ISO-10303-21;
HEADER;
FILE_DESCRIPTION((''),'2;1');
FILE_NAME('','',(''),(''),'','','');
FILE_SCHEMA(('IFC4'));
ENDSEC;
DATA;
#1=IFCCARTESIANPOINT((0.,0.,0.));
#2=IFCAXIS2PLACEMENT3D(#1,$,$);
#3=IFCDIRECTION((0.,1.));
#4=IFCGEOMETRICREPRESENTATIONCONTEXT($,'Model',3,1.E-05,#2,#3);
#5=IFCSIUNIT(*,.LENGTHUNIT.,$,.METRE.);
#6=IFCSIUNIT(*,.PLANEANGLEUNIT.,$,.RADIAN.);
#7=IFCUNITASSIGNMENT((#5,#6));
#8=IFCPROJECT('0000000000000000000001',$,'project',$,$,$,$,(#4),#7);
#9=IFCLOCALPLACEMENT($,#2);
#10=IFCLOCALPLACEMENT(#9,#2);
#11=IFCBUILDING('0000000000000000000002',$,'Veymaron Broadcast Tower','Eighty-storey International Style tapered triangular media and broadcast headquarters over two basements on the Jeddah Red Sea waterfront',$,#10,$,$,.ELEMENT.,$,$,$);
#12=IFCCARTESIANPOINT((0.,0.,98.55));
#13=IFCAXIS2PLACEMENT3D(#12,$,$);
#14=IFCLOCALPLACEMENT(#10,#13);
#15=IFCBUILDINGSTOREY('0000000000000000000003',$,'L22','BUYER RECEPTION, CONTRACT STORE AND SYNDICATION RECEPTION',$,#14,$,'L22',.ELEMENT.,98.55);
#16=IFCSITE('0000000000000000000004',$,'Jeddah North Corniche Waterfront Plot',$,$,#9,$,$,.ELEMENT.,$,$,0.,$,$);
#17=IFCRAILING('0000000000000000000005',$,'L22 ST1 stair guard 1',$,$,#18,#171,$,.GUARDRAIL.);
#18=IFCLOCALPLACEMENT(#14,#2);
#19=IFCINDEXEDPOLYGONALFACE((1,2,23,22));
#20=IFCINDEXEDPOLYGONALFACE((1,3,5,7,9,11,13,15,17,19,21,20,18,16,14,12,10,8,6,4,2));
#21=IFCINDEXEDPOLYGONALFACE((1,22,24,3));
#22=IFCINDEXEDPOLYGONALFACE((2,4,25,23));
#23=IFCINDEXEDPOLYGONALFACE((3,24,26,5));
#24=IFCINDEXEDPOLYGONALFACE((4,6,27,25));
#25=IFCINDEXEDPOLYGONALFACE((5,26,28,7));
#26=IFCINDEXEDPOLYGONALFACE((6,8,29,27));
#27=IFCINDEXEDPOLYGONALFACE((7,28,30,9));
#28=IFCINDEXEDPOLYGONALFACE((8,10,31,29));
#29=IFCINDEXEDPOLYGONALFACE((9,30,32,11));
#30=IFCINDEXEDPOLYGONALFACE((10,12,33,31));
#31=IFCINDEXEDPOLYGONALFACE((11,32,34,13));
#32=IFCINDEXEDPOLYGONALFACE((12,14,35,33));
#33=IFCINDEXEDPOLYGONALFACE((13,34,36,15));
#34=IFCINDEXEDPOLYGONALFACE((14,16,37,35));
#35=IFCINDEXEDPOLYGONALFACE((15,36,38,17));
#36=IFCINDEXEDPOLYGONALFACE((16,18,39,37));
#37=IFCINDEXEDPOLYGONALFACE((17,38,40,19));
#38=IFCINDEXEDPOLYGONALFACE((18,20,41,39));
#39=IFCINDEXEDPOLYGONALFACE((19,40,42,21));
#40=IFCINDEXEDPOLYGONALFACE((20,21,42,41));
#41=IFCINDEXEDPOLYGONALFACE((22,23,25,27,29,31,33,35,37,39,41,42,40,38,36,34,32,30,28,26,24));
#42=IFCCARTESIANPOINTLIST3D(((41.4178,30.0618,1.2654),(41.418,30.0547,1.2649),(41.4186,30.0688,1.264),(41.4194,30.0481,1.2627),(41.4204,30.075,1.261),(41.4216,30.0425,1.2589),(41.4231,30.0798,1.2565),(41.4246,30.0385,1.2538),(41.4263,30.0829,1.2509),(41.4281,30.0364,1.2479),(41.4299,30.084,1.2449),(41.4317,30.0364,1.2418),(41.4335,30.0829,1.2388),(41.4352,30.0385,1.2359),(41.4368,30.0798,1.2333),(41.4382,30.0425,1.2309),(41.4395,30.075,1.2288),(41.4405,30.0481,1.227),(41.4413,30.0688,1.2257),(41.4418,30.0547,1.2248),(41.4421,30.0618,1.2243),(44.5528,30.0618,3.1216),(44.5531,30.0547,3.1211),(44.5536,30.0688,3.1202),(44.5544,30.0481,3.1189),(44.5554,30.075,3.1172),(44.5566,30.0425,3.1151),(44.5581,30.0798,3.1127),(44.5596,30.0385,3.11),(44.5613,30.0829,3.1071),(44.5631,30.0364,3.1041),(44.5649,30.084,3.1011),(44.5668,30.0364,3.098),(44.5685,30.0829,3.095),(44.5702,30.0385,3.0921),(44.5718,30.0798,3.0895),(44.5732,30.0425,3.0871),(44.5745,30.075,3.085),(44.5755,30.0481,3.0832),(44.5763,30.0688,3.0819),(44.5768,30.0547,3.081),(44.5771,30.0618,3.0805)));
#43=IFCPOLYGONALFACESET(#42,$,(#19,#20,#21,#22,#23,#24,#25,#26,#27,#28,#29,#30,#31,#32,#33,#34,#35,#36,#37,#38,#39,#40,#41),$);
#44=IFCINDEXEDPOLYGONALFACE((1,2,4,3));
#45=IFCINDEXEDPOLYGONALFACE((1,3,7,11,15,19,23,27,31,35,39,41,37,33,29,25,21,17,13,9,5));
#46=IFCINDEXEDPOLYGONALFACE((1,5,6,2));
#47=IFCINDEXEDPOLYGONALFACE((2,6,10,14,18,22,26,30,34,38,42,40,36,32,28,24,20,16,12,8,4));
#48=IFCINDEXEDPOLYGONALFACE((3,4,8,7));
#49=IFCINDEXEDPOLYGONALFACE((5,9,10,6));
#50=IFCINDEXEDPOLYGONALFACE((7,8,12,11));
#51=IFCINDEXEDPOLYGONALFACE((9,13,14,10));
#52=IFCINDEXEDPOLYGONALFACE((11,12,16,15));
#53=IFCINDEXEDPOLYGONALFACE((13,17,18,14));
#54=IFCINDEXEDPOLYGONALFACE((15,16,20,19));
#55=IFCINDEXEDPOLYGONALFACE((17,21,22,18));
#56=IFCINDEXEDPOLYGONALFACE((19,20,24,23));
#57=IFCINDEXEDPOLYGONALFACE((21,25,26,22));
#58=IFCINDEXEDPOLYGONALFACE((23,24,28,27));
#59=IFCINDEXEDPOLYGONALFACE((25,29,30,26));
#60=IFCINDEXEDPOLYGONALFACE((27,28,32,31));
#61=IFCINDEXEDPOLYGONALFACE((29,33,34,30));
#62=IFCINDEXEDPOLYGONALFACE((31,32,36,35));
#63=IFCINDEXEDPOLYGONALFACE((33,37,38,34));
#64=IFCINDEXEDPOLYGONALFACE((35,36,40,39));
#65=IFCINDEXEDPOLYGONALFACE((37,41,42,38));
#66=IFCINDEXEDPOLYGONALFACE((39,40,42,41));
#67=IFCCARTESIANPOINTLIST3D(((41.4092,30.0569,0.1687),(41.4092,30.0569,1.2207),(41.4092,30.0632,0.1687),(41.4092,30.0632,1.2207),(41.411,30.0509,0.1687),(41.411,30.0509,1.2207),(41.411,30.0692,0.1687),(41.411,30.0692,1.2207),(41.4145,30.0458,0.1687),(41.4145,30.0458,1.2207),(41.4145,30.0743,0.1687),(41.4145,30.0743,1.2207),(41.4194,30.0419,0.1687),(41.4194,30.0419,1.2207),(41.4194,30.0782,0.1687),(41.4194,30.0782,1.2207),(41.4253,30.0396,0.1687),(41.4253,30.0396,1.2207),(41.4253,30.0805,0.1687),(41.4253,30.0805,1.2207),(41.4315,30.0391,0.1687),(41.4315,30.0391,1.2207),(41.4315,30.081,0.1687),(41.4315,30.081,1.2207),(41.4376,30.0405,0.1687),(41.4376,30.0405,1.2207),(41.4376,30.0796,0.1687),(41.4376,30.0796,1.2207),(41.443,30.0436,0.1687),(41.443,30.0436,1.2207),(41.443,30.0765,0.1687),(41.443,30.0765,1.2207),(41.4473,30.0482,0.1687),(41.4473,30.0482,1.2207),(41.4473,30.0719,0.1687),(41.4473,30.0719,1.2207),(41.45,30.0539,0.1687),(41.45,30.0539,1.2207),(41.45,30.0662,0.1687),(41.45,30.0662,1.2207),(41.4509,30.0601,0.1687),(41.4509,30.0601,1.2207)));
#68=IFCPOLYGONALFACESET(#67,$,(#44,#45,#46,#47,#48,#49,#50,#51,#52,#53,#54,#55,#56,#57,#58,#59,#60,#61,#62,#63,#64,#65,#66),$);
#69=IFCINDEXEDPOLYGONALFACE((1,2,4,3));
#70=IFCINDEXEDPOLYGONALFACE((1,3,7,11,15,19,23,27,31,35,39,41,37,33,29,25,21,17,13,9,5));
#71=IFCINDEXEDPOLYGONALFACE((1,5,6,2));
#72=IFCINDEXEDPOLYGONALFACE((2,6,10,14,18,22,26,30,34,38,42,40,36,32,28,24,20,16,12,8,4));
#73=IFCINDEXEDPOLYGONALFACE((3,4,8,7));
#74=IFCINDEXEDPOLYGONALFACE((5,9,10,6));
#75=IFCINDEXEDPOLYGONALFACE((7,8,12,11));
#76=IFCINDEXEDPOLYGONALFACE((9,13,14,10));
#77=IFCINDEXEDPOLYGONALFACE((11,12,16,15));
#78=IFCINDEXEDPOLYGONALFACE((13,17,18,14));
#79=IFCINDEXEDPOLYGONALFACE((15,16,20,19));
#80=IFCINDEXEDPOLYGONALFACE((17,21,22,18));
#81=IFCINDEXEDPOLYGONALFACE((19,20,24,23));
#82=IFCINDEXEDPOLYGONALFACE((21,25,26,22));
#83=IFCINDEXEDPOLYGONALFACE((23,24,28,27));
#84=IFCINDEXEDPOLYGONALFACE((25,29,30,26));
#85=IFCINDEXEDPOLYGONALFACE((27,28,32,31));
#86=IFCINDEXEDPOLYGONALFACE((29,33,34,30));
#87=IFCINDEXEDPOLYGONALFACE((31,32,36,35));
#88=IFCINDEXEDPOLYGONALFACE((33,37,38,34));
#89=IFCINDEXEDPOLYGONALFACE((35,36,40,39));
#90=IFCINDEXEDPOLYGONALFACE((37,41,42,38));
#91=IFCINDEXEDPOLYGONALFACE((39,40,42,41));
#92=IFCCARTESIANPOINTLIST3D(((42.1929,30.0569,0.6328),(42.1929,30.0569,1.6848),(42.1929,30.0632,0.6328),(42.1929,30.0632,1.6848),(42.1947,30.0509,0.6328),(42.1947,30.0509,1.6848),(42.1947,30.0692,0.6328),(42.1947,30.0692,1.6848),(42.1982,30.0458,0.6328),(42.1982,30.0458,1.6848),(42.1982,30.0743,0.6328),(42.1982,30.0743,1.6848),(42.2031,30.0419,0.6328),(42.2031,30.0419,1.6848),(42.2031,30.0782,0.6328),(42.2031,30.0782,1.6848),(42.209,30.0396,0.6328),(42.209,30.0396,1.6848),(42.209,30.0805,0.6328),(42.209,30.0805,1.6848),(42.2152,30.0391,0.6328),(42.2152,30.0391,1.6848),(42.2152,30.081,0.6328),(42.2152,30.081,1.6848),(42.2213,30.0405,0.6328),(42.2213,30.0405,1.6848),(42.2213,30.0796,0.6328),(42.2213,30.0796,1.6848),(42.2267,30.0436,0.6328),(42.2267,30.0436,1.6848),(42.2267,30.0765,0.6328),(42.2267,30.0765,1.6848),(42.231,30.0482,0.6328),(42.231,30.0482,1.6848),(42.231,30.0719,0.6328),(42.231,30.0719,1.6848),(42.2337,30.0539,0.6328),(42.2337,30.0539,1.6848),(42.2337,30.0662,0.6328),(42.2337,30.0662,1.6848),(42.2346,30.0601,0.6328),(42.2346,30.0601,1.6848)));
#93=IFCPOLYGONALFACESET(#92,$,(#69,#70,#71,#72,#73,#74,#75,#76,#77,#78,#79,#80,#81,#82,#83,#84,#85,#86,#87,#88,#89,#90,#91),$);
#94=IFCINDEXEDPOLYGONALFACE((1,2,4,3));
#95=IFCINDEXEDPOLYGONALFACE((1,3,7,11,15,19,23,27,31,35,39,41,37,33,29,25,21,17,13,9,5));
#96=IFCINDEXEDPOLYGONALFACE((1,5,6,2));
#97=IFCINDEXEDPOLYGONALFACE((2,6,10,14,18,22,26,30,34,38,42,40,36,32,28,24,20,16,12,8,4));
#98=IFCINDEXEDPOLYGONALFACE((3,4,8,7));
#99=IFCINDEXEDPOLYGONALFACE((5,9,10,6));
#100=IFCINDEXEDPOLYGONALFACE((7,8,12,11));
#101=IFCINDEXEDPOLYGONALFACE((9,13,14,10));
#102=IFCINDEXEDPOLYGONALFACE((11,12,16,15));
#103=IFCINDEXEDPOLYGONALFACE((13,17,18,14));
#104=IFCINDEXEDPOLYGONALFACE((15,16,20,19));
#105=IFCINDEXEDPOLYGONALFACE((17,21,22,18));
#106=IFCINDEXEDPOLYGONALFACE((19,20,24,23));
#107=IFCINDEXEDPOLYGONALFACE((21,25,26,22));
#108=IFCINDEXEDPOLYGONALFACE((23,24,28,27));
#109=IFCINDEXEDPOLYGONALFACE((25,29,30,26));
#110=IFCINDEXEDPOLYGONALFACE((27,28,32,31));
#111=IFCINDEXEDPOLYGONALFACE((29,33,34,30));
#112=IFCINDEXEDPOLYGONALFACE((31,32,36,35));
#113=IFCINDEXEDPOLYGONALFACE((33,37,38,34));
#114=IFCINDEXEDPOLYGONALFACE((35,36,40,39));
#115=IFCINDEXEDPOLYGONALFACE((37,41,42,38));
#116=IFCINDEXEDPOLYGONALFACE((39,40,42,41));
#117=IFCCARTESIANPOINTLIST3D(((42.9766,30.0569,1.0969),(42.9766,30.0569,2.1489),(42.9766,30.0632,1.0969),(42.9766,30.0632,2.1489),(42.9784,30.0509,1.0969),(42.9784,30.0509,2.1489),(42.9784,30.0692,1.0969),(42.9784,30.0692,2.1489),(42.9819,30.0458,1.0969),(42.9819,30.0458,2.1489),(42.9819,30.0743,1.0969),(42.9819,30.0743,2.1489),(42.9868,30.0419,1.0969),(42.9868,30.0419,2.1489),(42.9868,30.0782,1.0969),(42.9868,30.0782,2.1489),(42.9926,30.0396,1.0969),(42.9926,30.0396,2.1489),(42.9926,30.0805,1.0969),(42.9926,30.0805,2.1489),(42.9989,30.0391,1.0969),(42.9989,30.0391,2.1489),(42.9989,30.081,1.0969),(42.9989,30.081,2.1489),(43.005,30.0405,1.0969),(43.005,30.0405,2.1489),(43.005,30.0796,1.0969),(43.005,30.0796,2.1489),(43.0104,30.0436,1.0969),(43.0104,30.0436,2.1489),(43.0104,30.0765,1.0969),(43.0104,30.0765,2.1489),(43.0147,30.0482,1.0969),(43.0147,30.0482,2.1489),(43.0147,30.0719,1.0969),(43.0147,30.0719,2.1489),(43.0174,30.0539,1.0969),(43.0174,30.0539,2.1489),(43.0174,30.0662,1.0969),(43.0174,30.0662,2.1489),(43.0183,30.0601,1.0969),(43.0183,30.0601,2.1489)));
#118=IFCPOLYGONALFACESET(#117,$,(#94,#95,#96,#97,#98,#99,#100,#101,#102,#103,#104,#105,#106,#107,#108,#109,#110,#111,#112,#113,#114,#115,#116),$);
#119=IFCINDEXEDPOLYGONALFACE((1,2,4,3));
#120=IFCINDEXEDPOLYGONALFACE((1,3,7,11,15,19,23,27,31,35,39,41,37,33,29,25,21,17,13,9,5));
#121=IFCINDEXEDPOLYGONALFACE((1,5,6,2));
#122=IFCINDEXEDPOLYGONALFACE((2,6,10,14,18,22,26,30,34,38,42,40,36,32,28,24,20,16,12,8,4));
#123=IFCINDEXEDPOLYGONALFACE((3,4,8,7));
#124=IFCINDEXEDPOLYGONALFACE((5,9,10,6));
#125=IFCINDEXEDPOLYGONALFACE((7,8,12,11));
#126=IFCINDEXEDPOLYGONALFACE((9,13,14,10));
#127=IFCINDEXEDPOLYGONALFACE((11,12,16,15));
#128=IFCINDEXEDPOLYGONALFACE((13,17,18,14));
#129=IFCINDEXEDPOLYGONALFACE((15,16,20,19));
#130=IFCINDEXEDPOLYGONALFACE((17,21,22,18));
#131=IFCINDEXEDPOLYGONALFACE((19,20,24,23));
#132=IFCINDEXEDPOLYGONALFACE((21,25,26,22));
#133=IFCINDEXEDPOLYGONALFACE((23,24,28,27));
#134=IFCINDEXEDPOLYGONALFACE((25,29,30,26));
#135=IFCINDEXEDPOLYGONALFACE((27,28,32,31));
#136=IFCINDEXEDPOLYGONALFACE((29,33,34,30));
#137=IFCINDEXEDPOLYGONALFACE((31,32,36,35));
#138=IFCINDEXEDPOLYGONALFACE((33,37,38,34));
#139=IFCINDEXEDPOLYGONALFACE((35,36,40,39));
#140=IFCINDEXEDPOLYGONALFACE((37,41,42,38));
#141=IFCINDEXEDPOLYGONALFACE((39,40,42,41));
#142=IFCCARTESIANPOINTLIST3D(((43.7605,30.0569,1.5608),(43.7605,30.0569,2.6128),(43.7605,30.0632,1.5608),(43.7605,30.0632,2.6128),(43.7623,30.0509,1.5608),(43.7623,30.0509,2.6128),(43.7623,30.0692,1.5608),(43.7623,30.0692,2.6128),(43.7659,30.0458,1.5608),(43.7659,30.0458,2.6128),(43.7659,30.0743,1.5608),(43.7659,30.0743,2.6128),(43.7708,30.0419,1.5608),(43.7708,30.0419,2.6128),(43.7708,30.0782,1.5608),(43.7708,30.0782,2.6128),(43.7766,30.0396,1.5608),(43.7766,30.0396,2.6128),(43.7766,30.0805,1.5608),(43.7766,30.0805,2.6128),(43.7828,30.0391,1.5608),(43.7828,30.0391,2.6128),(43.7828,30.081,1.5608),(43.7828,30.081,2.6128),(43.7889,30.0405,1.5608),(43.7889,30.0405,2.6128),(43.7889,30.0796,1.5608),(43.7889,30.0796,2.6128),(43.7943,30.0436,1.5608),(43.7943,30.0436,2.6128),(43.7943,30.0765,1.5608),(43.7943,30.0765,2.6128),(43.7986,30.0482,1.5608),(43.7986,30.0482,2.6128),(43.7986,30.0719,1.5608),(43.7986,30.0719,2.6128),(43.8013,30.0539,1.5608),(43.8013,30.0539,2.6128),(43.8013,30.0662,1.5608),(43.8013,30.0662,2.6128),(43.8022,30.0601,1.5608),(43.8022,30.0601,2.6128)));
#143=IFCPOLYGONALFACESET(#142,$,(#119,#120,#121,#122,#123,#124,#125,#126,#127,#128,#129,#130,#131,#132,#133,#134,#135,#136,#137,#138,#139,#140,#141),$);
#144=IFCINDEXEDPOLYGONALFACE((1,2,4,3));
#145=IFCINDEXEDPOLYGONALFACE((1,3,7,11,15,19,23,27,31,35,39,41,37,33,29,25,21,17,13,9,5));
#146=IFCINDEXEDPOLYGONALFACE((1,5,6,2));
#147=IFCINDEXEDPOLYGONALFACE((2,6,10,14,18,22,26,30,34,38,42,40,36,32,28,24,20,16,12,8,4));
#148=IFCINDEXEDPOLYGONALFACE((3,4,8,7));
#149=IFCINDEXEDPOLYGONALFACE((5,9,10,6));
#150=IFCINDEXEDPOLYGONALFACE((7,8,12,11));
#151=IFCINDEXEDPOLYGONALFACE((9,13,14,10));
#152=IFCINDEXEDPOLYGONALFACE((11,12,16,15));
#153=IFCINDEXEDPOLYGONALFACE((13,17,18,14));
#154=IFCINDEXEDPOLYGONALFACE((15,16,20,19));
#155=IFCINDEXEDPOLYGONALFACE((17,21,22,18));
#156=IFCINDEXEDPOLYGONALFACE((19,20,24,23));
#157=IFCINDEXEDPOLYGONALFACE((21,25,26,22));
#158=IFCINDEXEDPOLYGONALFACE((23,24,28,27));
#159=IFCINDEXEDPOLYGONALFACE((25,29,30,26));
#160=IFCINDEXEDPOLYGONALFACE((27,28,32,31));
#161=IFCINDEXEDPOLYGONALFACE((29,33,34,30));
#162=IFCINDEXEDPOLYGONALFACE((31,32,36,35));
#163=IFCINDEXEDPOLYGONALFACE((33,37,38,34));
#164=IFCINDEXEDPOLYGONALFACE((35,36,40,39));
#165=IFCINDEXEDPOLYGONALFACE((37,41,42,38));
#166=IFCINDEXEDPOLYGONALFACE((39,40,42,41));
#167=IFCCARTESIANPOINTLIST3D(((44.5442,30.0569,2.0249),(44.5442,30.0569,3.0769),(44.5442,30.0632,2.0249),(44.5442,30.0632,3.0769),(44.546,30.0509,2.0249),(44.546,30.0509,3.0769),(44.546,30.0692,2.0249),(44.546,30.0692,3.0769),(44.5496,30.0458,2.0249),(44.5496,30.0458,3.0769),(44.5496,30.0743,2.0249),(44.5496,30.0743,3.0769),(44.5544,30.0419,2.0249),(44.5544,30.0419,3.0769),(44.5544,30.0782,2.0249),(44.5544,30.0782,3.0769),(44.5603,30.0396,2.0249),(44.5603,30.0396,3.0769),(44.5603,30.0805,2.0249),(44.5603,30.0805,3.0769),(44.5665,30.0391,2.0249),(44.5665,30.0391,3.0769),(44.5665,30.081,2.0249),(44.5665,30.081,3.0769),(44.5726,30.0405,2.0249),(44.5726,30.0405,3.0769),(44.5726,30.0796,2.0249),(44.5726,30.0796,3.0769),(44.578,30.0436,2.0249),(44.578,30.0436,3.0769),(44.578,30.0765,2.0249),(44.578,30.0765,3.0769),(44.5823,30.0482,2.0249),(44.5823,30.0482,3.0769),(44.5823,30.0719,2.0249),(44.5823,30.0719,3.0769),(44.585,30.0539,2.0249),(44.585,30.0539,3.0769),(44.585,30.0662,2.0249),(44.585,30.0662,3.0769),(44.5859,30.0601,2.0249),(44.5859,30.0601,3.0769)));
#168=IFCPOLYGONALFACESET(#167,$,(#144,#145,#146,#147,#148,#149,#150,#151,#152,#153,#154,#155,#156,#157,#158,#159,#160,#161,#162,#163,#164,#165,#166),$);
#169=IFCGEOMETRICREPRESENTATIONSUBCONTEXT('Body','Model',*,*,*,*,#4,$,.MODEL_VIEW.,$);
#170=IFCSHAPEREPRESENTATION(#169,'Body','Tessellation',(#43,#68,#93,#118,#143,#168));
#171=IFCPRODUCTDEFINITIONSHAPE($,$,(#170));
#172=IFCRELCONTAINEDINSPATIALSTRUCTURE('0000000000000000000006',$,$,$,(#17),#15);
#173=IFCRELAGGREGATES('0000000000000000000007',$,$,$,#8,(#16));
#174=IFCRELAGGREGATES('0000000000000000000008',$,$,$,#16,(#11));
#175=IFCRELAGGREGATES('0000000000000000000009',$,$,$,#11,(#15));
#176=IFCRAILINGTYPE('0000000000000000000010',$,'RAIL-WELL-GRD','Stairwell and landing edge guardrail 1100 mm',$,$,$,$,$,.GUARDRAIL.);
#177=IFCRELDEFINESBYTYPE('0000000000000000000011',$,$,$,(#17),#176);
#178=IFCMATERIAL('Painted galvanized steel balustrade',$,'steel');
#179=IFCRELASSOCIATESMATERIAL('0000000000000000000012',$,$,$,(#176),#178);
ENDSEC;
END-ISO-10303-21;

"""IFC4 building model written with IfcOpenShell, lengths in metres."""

from ifc_helpers import new_model, si_unit, direction, frame, origin, origin_2d, place, context, subcontext, project, spatial, circle, extrude, material, type_object, element, save


model = new_model("IFC4")

# Units and contexts
model_context = context("Model", 3, precision=1e-05, world=origin(), true_north=direction((0.0, 1.0)))
body_context = subcontext(model_context, "Body", "Model", "MODEL_VIEW")
ifc_project = project(units=[si_unit("LENGTHUNIT", "METRE"), si_unit("PLANEANGLEUNIT", "RADIAN")], contexts=[model_context])

# Site, building, storey
site_placement = place(None, origin())
site = spatial("IfcSite", under=ifc_project, at=site_placement, Name="Jeddah North Corniche Waterfront Plot", CompositionType="ELEMENT", RefElevation=0.0)
building_placement = place(site_placement, origin())
building = spatial("IfcBuilding", under=site, at=building_placement, Name="Veymaron Broadcast Tower", Description="Eighty-storey International Style tapered triangular media and broadcast headquarters over two basements on the Jeddah Red Sea waterfront", CompositionType="ELEMENT")
storey_placement = place(building_placement, frame((0.0, 0.0, 98.55)))
storey = spatial("IfcBuildingStorey", under=building, at=storey_placement, Name="L22", Description="BUYER RECEPTION, CONTRACT STORE AND SYNDICATION RECEPTION", LongName="L22", CompositionType="ELEMENT", Elevation=98.55)

# Railing
ifc_material_1 = material(Name="Painted galvanized steel balustrade", Category="steel")
railing_type_1 = type_object("IfcRailingType", Name="RAIL-WELL-GRD", Description="Stairwell and landing edge guardrail 1100 mm", PredefinedType="GUARDRAIL", material=ifc_material_1)
railing_1_placement = place(storey_placement, frame((41.4299, 30.0601, 0.1687)))
element("IfcRailing", 1, at=railing_1_placement, inside=storey, type_object=railing_type_1, Name="L22 ST1 stair guard 1", PredefinedType="GUARDRAIL", context=body_context, shape_type="SweptSolid", body=[
    extrude(circle(Radius=0.0239, at=origin_2d()), frame((0.0, 0.0, 1.0762), z_axis=(0.860482, 0.0, 0.509481), x_axis=(0.0, 1.0, 0.0)), (0.0, 0.0, 1.0), 3.6433),
    extrude(circle(Radius=0.021, at=origin_2d()), origin(), (0.0, 0.0, 1.0), 1.052),
    extrude(circle(Radius=0.021, at=origin_2d()), frame((0.7837, 0.0, 0.4641)), (0.0, 0.0, 1.0), 1.052),
    extrude(circle(Radius=0.021, at=origin_2d()), frame((1.5674, 0.0, 0.9282)), (0.0, 0.0, 1.0), 1.052),
    extrude(circle(Radius=0.021, at=origin_2d()), frame((2.3513, 0.0, 1.3921)), (0.0, 0.0, 1.0), 1.052),
    extrude(circle(Radius=0.021, at=origin_2d()), frame((3.135, 0.0, 1.8562)), (0.0, 0.0, 1.0), 1.052),
])

save(model, "model.ifc")
